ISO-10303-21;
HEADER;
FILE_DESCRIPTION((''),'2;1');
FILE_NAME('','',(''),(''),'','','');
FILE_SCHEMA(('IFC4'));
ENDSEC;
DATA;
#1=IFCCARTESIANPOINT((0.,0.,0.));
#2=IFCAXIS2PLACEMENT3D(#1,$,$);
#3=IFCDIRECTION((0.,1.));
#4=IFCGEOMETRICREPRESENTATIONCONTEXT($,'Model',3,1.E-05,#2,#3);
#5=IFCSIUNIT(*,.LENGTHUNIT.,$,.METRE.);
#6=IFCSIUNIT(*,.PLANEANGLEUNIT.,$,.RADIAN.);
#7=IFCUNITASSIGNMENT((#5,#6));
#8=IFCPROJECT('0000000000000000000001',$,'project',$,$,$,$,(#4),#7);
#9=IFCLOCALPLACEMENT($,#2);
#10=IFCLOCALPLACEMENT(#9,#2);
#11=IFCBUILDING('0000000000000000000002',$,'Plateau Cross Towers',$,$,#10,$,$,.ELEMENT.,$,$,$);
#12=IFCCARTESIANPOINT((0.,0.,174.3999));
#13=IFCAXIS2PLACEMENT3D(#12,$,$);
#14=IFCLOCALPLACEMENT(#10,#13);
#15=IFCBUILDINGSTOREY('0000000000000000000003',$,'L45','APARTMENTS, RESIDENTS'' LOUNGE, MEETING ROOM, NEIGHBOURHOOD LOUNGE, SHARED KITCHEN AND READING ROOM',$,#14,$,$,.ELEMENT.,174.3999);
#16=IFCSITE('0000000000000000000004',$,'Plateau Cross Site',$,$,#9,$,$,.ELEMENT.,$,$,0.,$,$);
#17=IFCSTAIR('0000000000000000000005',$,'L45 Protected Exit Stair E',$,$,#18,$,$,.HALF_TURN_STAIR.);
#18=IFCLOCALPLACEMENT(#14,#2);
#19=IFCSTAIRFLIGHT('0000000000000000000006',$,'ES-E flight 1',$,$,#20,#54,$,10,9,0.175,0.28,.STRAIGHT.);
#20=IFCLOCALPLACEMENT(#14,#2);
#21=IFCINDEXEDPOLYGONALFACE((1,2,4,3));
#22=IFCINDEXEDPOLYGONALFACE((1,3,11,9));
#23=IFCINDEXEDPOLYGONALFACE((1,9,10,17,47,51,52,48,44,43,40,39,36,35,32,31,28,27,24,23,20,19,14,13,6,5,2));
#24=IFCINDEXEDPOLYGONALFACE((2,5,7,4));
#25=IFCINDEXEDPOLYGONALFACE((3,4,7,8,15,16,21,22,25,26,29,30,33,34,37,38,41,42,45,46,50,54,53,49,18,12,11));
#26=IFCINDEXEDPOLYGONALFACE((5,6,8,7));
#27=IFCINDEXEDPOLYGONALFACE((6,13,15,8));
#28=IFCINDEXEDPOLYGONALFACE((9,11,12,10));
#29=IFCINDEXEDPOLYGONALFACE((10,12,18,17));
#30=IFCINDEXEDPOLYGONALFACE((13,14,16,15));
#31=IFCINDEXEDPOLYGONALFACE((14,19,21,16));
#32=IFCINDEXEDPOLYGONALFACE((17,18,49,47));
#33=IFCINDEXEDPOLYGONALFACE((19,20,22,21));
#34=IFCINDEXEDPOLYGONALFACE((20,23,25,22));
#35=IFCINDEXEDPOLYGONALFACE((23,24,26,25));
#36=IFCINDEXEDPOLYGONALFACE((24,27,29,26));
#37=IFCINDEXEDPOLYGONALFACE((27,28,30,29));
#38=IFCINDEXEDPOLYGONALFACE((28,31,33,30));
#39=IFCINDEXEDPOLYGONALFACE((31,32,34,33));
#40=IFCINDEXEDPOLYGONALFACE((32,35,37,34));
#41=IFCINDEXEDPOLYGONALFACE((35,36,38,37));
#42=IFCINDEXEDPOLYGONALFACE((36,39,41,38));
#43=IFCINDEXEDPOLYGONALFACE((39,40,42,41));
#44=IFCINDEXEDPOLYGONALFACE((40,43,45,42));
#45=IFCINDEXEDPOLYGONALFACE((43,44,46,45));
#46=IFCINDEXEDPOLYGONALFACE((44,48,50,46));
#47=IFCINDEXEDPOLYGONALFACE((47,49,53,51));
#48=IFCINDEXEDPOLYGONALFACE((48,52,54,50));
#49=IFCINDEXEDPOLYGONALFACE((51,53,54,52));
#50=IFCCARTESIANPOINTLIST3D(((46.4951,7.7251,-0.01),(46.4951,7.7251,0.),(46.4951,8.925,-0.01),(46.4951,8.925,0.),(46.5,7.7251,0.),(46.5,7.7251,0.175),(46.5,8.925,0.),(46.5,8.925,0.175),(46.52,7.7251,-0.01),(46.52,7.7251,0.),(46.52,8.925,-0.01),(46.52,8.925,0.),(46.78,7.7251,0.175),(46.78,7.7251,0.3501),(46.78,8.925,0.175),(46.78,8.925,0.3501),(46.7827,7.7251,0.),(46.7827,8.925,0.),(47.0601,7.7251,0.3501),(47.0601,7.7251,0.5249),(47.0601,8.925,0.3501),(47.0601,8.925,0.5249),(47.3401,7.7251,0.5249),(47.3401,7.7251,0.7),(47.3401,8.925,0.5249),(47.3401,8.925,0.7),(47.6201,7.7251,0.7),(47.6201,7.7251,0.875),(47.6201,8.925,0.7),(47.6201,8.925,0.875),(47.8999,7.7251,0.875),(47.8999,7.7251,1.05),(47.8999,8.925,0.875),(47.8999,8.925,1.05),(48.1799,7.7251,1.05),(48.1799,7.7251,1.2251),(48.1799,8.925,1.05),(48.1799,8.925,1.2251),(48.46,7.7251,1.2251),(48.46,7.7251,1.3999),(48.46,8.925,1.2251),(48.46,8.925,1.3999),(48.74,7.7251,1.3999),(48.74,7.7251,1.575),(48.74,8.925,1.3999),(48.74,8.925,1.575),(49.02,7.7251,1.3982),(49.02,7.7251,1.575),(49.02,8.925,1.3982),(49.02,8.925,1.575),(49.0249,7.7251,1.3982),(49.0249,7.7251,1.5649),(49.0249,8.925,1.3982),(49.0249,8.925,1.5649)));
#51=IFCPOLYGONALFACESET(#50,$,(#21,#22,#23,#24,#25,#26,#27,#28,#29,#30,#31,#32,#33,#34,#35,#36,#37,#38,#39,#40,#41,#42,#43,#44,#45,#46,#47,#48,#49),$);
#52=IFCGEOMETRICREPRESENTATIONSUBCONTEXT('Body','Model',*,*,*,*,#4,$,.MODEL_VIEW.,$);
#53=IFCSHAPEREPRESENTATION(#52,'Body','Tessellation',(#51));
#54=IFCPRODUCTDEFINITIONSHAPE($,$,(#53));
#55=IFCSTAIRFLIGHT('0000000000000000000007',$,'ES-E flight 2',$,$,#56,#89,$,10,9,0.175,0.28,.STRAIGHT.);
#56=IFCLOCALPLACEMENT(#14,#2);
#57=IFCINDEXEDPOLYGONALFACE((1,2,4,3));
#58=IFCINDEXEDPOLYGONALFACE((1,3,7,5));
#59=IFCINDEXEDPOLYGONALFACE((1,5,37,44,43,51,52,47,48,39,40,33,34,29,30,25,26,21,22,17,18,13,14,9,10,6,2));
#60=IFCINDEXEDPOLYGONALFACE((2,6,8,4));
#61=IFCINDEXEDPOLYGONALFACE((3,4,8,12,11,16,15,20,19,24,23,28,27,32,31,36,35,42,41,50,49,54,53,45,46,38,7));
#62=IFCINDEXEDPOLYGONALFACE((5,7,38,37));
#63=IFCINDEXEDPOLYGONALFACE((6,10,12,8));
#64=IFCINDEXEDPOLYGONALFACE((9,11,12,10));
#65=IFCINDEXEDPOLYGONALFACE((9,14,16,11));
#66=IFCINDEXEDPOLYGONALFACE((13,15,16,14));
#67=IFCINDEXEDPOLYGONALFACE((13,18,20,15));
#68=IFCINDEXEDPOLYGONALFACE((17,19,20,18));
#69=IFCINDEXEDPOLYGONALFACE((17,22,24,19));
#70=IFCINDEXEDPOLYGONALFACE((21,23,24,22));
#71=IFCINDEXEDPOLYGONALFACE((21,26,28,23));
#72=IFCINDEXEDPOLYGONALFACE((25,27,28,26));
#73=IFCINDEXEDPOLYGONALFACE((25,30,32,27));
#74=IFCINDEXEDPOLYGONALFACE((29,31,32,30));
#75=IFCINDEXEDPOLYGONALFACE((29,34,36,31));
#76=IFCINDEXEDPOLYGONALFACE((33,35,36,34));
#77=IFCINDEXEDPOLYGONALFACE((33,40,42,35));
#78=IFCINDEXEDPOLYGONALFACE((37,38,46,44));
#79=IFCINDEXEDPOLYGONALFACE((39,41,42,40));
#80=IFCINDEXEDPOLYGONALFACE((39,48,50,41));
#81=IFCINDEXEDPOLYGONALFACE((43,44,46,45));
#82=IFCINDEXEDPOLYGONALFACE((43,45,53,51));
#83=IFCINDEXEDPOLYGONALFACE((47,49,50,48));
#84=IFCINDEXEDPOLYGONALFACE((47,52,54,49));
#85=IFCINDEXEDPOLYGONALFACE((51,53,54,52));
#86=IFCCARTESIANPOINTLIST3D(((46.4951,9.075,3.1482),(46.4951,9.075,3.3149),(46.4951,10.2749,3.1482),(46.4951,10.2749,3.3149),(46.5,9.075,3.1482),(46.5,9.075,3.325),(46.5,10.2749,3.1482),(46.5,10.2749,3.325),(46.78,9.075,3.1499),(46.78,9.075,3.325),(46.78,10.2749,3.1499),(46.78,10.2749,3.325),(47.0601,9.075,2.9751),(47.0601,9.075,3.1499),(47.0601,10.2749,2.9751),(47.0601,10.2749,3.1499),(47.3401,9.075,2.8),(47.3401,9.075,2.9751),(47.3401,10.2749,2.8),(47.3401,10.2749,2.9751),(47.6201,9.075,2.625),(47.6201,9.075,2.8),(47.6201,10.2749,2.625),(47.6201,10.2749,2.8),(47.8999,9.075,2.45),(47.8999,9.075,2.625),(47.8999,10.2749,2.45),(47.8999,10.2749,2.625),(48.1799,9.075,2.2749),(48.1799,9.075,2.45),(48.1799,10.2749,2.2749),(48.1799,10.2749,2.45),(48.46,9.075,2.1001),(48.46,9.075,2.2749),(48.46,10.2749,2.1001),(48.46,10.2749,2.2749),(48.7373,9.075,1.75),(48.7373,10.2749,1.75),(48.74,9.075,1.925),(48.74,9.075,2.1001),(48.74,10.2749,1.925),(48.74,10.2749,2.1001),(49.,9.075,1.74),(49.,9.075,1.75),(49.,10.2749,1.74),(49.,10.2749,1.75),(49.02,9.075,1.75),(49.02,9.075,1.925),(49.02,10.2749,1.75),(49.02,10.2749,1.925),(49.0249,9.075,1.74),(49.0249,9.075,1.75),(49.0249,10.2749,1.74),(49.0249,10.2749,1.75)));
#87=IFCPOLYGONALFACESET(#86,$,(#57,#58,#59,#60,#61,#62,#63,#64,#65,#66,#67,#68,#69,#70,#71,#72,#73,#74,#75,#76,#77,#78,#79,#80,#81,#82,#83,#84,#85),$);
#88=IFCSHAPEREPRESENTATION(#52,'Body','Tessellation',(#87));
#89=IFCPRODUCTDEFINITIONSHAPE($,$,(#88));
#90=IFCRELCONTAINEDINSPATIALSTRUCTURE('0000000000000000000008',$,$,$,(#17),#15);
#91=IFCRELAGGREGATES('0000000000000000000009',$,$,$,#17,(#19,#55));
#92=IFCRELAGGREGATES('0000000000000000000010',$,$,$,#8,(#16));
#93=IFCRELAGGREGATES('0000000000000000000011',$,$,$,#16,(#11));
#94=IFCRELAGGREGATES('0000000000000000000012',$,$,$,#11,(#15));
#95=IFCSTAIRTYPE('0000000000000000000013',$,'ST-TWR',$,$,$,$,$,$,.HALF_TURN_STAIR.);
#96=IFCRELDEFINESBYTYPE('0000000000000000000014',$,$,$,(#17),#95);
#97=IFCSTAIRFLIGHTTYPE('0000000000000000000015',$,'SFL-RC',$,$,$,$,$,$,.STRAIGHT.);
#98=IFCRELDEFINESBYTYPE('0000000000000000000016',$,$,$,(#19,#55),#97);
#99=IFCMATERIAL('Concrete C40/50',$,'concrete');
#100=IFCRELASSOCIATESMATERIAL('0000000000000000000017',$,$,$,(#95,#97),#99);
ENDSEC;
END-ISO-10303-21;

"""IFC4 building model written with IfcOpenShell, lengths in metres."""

from ifc_helpers import new_model, si_unit, direction, frame, origin, place, context, subcontext, project, spatial, polyline, outline, extrude, material, type_object, element, aggregate, save


model = new_model("IFC4")

# Units and contexts
model_context = context("Model", 3, precision=1e-05, world=origin(), true_north=direction((0.0, 1.0)))
body_context = subcontext(model_context, "Body", "Model", "MODEL_VIEW")
ifc_project = project(units=[si_unit("LENGTHUNIT", "METRE"), si_unit("PLANEANGLEUNIT", "RADIAN")], contexts=[model_context])

# Site, building, storey
site_placement = place(None, origin())
site = spatial("IfcSite", under=ifc_project, at=site_placement, Name="Plateau Cross Site", CompositionType="ELEMENT", RefElevation=0.0)
building_placement = place(site_placement, origin())
building = spatial("IfcBuilding", under=site, at=building_placement, Name="Plateau Cross Towers", CompositionType="ELEMENT")
storey_placement = place(building_placement, frame((0.0, 0.0, 174.3999)))
storey = spatial("IfcBuildingStorey", under=building, at=storey_placement, Name="L45", Description="APARTMENTS, RESIDENTS' LOUNGE, MEETING ROOM, NEIGHBOURHOOD LOUNGE, SHARED KITCHEN AND READING ROOM", CompositionType="ELEMENT", Elevation=174.3999)

# Stair, stair flights
ifc_material_1 = material(Name="Concrete C40/50", Category="concrete")
stair_type = type_object("IfcStairType", Name="ST-TWR", PredefinedType="HALF_TURN_STAIR", material=ifc_material_1)
stair_placement = place(storey_placement, origin())
stair = element("IfcStair", 1, at=stair_placement, inside=storey, type_object=stair_type, Name="L45 Protected Exit Stair E", PredefinedType="HALF_TURN_STAIR")
stair_flight_type = type_object("IfcStairFlightType", Name="SFL-RC", PredefinedType="STRAIGHT", material=ifc_material_1)
stair_flight_1_placement = place(storey_placement, frame((46.5, 8.325, 0.0), z_axis=(0.0, 0.0, 1.0), x_axis=(1.0, 0.0, 0.0)))
stair_flight_1 = element("IfcStairFlight", 2, at=stair_flight_1_placement, type_object=stair_flight_type, Name="ES-E flight 1", NumberOfRisers=10, NumberOfTreads=9, PredefinedType="STRAIGHT", RiserHeight=0.175, TreadLength=0.28, context=body_context, shape_type="SweptSolid", body=[
    extrude(outline(polyline([(-0.0049, -0.01), (-0.0049, 0.0), (0.0, 0.0), (0.0, 0.175), (0.28, 0.175), (0.28, 0.3501), (0.5601, 0.3501), (0.5601, 0.5249), (0.8401, 0.5249), (0.8401, 0.7), (1.1201, 0.7), (1.1201, 0.875), (1.3999, 0.875), (1.3999, 1.05), (1.6799, 1.05), (1.6799, 1.2251), (1.96, 1.2251), (1.96, 1.3999), (2.24, 1.3999), (2.24, 1.575), (2.52, 1.575), (2.5249, 1.5649), (2.5249, 1.3982), (2.52, 1.3982), (0.2827, 0.0), (0.02, 0.0), (0.02, -0.01), (-0.0049, -0.01)])), frame((0.0, 0.6001, 0.0), z_axis=(0.0, -1.0, 0.0), x_axis=(1.0, 0.0, 0.0)), (0.0, 0.0, 1.0), 1.2),
])
stair_flight_2_placement = place(storey_placement, frame((49.02, 9.675, 1.75), z_axis=(0.0, 0.0, 1.0), x_axis=(-1.0, 0.0, 0.0)))
stair_flight_2 = element("IfcStairFlight", 3, at=stair_flight_2_placement, type_object=stair_flight_type, Name="ES-E flight 2", NumberOfRisers=10, NumberOfTreads=9, PredefinedType="STRAIGHT", RiserHeight=0.175, TreadLength=0.28, context=body_context, shape_type="SweptSolid", body=[
    extrude(outline(polyline([(-0.0049, -0.01), (-0.0049, 0.0), (0.0, 0.0), (0.0, 0.175), (0.28, 0.175), (0.28, 0.3501), (0.5601, 0.3501), (0.5601, 0.5249), (0.8401, 0.5249), (0.8401, 0.7), (1.1201, 0.7), (1.1201, 0.875), (1.3999, 0.875), (1.3999, 1.05), (1.6799, 1.05), (1.6799, 1.2251), (1.96, 1.2251), (1.96, 1.3999), (2.24, 1.3999), (2.24, 1.575), (2.52, 1.575), (2.5249, 1.5649), (2.5249, 1.3982), (2.52, 1.3982), (0.2827, 0.0), (0.02, 0.0), (0.02, -0.01), (-0.0049, -0.01)])), frame((0.0, 0.6001, 0.0), z_axis=(0.0, -1.0, 0.0), x_axis=(1.0, 0.0, 0.0)), (0.0, 0.0, 1.0), 1.2),
])
aggregate(stair, [stair_flight_1, stair_flight_2])

save(model, "model.ifc")
